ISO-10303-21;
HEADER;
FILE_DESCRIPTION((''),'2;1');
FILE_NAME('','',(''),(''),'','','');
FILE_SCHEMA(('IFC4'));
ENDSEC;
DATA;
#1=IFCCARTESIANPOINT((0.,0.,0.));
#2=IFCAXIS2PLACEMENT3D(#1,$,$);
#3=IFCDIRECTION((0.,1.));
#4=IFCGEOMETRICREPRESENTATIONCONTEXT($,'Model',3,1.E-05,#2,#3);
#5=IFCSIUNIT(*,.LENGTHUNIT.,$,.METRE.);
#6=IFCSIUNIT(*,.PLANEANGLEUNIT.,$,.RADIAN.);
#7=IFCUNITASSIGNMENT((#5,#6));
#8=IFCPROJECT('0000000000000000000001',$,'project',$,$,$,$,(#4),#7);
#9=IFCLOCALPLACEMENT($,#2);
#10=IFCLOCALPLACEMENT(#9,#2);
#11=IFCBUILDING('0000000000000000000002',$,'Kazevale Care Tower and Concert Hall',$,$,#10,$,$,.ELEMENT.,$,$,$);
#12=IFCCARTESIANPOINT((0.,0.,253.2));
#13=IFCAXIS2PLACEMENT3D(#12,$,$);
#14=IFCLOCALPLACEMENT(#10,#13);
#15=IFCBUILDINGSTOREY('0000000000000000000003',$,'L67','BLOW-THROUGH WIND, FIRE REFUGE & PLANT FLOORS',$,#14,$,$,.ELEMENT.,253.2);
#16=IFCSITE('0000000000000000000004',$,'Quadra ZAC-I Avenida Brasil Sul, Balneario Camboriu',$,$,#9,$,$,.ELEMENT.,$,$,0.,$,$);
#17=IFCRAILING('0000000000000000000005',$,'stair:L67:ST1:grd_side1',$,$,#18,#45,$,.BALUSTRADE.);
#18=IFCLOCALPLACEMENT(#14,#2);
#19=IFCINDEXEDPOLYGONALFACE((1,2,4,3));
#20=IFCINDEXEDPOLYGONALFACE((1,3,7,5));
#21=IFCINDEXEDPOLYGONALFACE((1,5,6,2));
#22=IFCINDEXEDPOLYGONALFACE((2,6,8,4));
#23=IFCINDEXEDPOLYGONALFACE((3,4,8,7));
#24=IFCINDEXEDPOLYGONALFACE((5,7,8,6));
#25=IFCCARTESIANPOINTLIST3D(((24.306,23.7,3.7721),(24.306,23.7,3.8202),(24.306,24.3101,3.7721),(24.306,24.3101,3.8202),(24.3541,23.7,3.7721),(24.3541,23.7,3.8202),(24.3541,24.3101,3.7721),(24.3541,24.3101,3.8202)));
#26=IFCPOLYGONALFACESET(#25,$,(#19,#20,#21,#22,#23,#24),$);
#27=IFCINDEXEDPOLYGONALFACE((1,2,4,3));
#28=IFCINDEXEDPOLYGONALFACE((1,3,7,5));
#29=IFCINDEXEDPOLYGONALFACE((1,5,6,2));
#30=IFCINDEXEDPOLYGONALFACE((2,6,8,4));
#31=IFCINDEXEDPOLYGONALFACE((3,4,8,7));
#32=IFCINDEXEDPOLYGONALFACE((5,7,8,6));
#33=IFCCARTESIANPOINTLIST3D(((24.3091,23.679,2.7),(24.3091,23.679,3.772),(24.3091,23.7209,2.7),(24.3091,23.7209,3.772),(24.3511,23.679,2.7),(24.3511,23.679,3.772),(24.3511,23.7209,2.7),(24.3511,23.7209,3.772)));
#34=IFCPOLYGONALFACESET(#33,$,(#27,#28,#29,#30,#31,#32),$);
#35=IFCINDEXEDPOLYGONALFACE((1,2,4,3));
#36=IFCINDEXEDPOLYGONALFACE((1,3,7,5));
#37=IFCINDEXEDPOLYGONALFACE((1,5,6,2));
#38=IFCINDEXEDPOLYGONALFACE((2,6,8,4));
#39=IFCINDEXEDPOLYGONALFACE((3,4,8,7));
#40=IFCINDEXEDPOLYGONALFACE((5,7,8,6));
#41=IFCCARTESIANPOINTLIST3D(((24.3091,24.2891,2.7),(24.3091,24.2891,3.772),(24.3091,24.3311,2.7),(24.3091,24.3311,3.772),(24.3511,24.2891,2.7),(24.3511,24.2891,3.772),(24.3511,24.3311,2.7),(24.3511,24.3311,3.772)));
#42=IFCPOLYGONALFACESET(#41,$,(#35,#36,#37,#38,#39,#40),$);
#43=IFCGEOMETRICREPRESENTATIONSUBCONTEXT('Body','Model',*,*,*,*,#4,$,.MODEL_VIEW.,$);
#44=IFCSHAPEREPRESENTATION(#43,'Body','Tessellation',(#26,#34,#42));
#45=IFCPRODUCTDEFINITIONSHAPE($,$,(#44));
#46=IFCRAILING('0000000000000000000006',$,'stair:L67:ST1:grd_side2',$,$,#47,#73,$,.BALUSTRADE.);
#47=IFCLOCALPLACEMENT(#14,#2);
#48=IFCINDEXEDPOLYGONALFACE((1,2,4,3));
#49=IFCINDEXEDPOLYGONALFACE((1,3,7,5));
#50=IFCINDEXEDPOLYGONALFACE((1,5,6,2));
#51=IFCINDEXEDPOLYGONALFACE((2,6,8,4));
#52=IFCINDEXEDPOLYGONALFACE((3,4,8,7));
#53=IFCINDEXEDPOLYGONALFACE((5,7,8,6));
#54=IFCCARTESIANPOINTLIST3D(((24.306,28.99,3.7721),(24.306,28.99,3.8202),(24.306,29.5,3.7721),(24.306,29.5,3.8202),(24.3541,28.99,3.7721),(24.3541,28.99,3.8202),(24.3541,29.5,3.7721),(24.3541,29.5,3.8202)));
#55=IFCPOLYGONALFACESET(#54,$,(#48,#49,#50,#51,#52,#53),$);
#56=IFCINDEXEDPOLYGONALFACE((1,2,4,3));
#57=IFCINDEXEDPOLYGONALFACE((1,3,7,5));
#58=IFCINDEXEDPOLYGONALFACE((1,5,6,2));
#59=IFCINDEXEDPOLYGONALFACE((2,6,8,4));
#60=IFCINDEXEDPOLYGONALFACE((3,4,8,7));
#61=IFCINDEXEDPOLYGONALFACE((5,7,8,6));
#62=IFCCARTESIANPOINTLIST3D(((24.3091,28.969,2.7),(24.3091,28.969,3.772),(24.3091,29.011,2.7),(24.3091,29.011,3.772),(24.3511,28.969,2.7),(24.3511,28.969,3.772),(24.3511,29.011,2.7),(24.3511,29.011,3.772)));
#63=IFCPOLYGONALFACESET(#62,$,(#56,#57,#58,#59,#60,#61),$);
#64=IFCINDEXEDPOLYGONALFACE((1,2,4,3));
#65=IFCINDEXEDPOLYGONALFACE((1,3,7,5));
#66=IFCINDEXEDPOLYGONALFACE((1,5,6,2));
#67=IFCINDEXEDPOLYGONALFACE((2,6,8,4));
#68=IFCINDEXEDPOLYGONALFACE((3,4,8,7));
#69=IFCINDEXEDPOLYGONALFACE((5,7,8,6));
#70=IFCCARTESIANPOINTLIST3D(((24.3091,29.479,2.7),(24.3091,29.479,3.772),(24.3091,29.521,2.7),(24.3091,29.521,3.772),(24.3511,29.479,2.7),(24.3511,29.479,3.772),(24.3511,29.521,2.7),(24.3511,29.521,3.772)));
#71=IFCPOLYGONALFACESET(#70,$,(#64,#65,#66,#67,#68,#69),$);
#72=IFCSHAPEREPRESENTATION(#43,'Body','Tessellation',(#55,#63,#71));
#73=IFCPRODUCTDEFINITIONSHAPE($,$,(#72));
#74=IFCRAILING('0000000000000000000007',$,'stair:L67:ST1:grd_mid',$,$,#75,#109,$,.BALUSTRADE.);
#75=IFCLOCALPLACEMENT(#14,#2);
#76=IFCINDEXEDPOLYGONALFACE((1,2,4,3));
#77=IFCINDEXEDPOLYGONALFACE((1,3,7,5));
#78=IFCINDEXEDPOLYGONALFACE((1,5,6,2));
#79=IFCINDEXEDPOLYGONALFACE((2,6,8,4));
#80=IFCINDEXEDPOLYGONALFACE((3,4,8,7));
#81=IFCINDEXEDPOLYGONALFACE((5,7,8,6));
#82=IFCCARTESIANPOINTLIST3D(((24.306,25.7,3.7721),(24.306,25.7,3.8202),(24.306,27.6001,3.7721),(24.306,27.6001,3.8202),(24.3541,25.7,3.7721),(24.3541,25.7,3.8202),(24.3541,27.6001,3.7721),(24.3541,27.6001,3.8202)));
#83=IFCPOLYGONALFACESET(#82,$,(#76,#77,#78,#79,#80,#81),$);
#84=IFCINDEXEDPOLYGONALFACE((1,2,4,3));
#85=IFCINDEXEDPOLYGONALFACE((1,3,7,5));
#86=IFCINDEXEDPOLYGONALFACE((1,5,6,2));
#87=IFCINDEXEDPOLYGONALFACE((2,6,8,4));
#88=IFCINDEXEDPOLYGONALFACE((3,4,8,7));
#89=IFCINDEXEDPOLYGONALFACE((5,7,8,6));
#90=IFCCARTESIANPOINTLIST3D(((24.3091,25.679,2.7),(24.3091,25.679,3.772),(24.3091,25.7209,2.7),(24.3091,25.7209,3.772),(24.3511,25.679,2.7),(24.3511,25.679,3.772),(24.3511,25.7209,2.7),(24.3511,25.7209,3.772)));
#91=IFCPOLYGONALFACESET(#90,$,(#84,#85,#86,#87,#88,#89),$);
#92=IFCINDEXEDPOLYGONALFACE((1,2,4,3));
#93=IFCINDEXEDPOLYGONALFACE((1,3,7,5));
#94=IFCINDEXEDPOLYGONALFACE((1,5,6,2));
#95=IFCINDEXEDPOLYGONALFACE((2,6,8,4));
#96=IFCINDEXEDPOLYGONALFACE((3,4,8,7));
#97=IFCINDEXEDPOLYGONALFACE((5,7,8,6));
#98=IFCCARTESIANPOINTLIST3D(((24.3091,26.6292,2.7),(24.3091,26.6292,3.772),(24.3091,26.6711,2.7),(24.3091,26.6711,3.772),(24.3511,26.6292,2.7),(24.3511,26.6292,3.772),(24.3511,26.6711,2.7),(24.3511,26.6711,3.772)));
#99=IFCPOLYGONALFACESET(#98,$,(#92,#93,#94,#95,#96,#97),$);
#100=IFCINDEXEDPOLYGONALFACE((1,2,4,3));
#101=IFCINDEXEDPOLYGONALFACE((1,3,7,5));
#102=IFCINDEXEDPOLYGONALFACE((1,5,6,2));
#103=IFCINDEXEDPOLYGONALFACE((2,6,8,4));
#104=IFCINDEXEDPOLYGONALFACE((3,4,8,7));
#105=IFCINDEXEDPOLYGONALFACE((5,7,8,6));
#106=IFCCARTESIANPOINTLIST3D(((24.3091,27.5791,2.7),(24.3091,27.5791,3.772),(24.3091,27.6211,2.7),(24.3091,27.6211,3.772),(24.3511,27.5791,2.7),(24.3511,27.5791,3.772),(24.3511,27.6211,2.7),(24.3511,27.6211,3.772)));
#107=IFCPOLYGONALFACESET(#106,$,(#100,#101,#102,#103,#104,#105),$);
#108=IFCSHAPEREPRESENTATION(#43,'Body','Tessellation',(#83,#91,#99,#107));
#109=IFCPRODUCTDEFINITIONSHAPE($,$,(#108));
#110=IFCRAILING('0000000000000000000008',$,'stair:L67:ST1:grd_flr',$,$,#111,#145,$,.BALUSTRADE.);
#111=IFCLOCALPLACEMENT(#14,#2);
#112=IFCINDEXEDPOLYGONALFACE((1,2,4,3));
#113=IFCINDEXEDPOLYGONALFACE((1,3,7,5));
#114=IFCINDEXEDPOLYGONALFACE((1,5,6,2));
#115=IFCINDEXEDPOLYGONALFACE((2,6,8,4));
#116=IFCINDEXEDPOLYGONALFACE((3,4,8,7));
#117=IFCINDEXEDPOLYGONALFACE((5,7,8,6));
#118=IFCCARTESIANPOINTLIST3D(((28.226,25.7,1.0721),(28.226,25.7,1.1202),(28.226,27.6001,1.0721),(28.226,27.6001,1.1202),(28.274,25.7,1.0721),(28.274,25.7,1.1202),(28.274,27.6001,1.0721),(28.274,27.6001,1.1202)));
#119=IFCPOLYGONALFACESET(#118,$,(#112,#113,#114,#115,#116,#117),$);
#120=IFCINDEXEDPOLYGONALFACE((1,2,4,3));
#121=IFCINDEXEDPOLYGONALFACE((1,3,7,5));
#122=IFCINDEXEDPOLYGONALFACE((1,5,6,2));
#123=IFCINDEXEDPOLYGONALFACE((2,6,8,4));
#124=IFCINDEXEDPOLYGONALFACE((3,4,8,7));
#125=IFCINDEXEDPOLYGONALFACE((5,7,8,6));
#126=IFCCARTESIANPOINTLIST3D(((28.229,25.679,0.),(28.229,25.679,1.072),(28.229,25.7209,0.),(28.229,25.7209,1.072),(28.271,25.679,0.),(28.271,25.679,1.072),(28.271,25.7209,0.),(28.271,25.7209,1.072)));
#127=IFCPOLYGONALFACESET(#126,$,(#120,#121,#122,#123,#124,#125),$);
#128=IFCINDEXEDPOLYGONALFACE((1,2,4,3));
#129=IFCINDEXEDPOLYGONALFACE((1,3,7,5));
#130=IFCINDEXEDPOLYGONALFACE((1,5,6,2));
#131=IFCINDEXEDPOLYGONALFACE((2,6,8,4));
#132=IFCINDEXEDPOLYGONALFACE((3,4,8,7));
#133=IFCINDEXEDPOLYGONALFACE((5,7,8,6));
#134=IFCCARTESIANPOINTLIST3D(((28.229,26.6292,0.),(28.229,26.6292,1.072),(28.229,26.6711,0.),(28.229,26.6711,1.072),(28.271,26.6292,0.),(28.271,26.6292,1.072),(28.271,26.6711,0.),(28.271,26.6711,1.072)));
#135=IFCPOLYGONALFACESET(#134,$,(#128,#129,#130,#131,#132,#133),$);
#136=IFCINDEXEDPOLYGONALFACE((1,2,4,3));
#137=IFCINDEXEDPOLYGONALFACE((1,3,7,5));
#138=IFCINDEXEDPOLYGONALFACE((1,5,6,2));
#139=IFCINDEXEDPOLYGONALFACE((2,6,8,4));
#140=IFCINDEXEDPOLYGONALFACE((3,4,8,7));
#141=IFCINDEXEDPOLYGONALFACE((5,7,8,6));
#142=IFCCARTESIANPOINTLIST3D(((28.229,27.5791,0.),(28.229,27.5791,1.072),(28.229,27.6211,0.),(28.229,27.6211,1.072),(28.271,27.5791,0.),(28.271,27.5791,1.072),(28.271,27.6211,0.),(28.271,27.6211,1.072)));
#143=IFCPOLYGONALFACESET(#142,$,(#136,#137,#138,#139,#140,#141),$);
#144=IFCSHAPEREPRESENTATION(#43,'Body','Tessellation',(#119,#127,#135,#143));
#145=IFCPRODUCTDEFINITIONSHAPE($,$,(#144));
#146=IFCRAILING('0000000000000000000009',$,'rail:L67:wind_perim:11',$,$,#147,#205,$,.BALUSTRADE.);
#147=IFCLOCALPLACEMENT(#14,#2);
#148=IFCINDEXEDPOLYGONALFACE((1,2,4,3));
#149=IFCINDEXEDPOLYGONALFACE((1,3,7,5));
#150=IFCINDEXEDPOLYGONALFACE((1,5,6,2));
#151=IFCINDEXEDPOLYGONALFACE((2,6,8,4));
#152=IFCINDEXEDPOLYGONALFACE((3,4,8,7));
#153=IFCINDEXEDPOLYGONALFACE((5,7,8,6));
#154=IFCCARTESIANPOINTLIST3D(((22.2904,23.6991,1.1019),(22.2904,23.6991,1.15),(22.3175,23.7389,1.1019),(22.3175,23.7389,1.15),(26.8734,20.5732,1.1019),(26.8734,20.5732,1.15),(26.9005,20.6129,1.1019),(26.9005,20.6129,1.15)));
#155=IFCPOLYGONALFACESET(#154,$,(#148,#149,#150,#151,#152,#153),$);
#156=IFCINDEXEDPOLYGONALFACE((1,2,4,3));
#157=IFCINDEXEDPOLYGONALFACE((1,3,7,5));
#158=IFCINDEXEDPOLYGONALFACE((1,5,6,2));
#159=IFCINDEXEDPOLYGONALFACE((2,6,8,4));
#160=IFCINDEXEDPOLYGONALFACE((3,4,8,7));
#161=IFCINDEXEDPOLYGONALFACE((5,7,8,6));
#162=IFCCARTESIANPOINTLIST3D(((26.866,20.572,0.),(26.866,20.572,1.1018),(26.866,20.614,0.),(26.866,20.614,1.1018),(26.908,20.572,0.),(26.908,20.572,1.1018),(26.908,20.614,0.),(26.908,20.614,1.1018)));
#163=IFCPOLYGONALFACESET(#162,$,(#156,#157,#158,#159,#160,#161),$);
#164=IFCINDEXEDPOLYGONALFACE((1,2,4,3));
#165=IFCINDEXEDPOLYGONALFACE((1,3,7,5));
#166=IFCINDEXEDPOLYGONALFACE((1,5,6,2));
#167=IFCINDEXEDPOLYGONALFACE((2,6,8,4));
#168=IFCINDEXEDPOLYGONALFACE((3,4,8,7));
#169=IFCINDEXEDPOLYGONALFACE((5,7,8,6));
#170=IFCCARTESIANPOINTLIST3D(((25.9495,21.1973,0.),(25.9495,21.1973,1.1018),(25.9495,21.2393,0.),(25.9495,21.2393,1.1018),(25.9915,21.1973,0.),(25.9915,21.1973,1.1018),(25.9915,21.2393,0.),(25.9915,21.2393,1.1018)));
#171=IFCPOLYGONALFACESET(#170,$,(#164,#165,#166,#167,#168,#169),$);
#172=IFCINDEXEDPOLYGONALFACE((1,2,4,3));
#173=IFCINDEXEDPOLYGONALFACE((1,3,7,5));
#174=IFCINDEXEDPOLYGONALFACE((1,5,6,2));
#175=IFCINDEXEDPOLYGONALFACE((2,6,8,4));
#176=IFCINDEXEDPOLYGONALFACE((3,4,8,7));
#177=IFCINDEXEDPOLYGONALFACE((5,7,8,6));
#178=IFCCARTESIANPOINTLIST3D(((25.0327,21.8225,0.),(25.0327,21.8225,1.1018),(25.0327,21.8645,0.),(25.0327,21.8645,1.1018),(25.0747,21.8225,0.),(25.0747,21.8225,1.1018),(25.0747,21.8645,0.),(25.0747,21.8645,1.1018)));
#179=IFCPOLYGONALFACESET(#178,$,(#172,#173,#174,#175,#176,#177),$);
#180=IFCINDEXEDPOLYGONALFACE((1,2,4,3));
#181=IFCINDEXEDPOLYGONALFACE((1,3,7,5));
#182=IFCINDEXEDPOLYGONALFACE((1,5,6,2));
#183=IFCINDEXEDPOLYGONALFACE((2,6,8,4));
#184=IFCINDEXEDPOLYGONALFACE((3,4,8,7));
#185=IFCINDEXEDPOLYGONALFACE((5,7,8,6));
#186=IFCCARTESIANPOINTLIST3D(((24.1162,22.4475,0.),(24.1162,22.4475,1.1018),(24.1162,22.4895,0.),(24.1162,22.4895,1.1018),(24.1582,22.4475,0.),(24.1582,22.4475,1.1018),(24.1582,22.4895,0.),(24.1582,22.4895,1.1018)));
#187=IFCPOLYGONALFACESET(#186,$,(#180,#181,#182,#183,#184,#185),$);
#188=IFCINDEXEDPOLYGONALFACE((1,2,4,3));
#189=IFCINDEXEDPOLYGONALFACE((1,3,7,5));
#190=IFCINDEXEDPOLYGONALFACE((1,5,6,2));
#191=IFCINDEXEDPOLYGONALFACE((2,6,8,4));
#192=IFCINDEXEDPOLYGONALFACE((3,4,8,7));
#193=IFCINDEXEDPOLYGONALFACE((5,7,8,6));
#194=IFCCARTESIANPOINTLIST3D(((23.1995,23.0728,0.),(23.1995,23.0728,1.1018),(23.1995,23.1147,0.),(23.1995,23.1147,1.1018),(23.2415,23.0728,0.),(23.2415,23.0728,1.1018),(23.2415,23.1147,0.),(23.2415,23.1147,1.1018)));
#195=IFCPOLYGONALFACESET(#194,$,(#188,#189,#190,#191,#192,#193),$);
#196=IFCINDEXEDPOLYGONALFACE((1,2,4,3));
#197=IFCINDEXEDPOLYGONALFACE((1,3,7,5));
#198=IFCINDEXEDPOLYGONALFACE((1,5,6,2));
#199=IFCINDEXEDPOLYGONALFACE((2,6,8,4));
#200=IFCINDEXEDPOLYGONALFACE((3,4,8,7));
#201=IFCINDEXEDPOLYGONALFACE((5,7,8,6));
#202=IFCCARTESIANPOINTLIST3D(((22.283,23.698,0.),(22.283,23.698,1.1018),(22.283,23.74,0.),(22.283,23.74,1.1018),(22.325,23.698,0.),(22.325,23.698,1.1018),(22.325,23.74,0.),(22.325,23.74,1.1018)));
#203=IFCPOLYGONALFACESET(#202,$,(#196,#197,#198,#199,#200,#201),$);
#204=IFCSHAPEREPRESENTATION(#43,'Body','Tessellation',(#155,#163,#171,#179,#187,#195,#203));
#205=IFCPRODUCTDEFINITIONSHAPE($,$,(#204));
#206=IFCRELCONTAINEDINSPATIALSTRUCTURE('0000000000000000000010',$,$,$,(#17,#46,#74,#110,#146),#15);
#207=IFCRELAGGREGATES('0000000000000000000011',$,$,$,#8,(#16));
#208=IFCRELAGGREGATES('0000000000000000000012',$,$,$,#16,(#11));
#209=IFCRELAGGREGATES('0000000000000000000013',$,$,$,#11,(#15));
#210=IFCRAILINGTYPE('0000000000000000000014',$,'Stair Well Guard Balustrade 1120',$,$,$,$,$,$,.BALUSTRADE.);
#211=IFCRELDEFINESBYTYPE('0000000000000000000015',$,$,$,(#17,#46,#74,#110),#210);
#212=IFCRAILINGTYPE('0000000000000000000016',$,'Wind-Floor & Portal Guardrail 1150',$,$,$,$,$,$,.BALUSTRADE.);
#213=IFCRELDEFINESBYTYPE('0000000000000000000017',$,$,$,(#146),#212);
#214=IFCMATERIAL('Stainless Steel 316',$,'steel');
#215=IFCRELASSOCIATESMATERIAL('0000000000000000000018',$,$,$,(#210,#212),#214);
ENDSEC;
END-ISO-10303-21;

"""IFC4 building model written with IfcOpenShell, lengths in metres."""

from ifc_helpers import new_model, si_unit, direction, frame, origin, origin_2d, place, context, subcontext, project, spatial, rectangle, extrude, material, type_object, element, save


model = new_model("IFC4")

# Units and contexts
model_context = context("Model", 3, precision=1e-05, world=origin(), true_north=direction((0.0, 1.0)))
body_context = subcontext(model_context, "Body", "Model", "MODEL_VIEW")
ifc_project = project(units=[si_unit("LENGTHUNIT", "METRE"), si_unit("PLANEANGLEUNIT", "RADIAN")], contexts=[model_context])

# Site, building, storey
site_placement = place(None, origin())
site = spatial("IfcSite", under=ifc_project, at=site_placement, Name="Quadra ZAC-I Avenida Brasil Sul, Balneario Camboriu", CompositionType="ELEMENT", RefElevation=0.0)
building_placement = place(site_placement, origin())
building = spatial("IfcBuilding", under=site, at=building_placement, Name="Kazevale Care Tower and Concert Hall", CompositionType="ELEMENT")
storey_placement = place(building_placement, frame((0.0, 0.0, 253.2)))
storey = spatial("IfcBuildingStorey", under=building, at=storey_placement, Name="L67", Description="BLOW-THROUGH WIND, FIRE REFUGE & PLANT FLOORS", CompositionType="ELEMENT", Elevation=253.2)

# Railings
ifc_material_1 = material(Name="Stainless Steel 316", Category="steel")
railing_type_1 = type_object("IfcRailingType", Name="Stair Well Guard Balustrade 1120", PredefinedType="BALUSTRADE", material=ifc_material_1)
railing_1_placement = place(storey_placement, frame((24.3301, 23.7, 2.7)))
element("IfcRailing", 1, at=railing_1_placement, inside=storey, type_object=railing_type_1, Name="stair:L67:ST1:grd_side1", PredefinedType="BALUSTRADE", context=body_context, shape_type="SweptSolid", body=[
    extrude(rectangle(XDim=0.0481, YDim=0.0481, at=origin_2d()), frame((0.0, 0.0, 1.0962), z_axis=(0.0, 1.0, 0.0), x_axis=(-1.0, 0.0, 0.0)), (0.0, 0.0, 1.0), 0.6101),
    extrude(rectangle(XDim=0.042, YDim=0.042, at=origin_2d()), origin(), (0.0, 0.0, 1.0), 1.072),
    extrude(rectangle(XDim=0.042, YDim=0.042, at=origin_2d()), frame((0.0, 0.6101, 0.0)), (0.0, 0.0, 1.0), 1.072),
])
railing_2_placement = place(storey_placement, frame((24.3301, 28.99, 2.7)))
element("IfcRailing", 2, at=railing_2_placement, inside=storey, type_object=railing_type_1, Name="stair:L67:ST1:grd_side2", PredefinedType="BALUSTRADE", context=body_context, shape_type="SweptSolid", body=[
    extrude(rectangle(XDim=0.0481, YDim=0.0481, at=origin_2d()), frame((0.0, 0.0, 1.0962), z_axis=(0.0, 1.0, 0.0), x_axis=(-1.0, 0.0, 0.0)), (0.0, 0.0, 1.0), 0.51),
    extrude(rectangle(XDim=0.042, YDim=0.042, at=origin_2d()), origin(), (0.0, 0.0, 1.0), 1.072),
    extrude(rectangle(XDim=0.042, YDim=0.042, at=origin_2d()), frame((0.0, 0.51, 0.0)), (0.0, 0.0, 1.0), 1.072),
])
for number, where, name in (
    (3, (24.3301, 25.7, 2.7), "stair:L67:ST1:grd_mid"),
    (4, (28.25, 25.7, 0.0), "stair:L67:ST1:grd_flr"),
):
    element("IfcRailing", number, at=place(storey_placement, frame(where)), inside=storey, type_object=railing_type_1, Name=name, PredefinedType="BALUSTRADE", context=body_context, shape_type="SweptSolid", body=[
        extrude(rectangle(XDim=0.0481, YDim=0.0481, at=origin_2d()), frame((0.0, 0.0, 1.0962), z_axis=(0.0, 1.0, 0.0), x_axis=(-1.0, 0.0, 0.0)), (0.0, 0.0, 1.0), 1.9001),
        extrude(rectangle(XDim=0.042, YDim=0.042, at=origin_2d()), origin(), (0.0, 0.0, 1.0), 1.072),
        extrude(rectangle(XDim=0.042, YDim=0.042, at=origin_2d()), frame((0.0, 0.9502, 0.0)), (0.0, 0.0, 1.0), 1.072),
        extrude(rectangle(XDim=0.042, YDim=0.042, at=origin_2d()), frame((0.0, 1.9001, 0.0)), (0.0, 0.0, 1.0), 1.072),
    ])
railing_type_2 = type_object("IfcRailingType", Name="Wind-Floor & Portal Guardrail 1150", PredefinedType="BALUSTRADE", material=ifc_material_1)
railing_3_placement = place(storey_placement, frame((26.887, 20.593, 0.0)))
element("IfcRailing", 5, at=railing_3_placement, inside=storey, type_object=railing_type_2, Name="rail:L67:wind_perim:11", PredefinedType="BALUSTRADE", context=body_context, shape_type="SweptSolid", body=[
    extrude(rectangle(XDim=0.0481, YDim=0.0481, at=origin_2d()), frame((0.0, 0.0, 1.126), z_axis=(-0.826127, 0.563484, 0.0), x_axis=(-0.563484, -0.826127, 0.0)), (0.0, 0.0, 1.0), 5.5476),
    extrude(rectangle(XDim=0.042, YDim=0.042, at=origin_2d()), origin(), (0.0, 0.0, 1.0), 1.1018),
    extrude(rectangle(XDim=0.042, YDim=0.042, at=origin_2d()), frame((-0.9165, 0.6252, 0.0)), (0.0, 0.0, 1.0), 1.1018),
    extrude(rectangle(XDim=0.042, YDim=0.042, at=origin_2d()), frame((-1.8333, 1.2505, 0.0)), (0.0, 0.0, 1.0), 1.1018),
    extrude(rectangle(XDim=0.042, YDim=0.042, at=origin_2d()), frame((-2.7498, 1.8755, 0.0)), (0.0, 0.0, 1.0), 1.1018),
    extrude(rectangle(XDim=0.042, YDim=0.042, at=origin_2d()), frame((-3.6665, 2.5007, 0.0)), (0.0, 0.0, 1.0), 1.1018),
    extrude(rectangle(XDim=0.042, YDim=0.042, at=origin_2d()), frame((-4.583, 3.126, 0.0)), (0.0, 0.0, 1.0), 1.1018),
])

save(model, "model.ifc")
